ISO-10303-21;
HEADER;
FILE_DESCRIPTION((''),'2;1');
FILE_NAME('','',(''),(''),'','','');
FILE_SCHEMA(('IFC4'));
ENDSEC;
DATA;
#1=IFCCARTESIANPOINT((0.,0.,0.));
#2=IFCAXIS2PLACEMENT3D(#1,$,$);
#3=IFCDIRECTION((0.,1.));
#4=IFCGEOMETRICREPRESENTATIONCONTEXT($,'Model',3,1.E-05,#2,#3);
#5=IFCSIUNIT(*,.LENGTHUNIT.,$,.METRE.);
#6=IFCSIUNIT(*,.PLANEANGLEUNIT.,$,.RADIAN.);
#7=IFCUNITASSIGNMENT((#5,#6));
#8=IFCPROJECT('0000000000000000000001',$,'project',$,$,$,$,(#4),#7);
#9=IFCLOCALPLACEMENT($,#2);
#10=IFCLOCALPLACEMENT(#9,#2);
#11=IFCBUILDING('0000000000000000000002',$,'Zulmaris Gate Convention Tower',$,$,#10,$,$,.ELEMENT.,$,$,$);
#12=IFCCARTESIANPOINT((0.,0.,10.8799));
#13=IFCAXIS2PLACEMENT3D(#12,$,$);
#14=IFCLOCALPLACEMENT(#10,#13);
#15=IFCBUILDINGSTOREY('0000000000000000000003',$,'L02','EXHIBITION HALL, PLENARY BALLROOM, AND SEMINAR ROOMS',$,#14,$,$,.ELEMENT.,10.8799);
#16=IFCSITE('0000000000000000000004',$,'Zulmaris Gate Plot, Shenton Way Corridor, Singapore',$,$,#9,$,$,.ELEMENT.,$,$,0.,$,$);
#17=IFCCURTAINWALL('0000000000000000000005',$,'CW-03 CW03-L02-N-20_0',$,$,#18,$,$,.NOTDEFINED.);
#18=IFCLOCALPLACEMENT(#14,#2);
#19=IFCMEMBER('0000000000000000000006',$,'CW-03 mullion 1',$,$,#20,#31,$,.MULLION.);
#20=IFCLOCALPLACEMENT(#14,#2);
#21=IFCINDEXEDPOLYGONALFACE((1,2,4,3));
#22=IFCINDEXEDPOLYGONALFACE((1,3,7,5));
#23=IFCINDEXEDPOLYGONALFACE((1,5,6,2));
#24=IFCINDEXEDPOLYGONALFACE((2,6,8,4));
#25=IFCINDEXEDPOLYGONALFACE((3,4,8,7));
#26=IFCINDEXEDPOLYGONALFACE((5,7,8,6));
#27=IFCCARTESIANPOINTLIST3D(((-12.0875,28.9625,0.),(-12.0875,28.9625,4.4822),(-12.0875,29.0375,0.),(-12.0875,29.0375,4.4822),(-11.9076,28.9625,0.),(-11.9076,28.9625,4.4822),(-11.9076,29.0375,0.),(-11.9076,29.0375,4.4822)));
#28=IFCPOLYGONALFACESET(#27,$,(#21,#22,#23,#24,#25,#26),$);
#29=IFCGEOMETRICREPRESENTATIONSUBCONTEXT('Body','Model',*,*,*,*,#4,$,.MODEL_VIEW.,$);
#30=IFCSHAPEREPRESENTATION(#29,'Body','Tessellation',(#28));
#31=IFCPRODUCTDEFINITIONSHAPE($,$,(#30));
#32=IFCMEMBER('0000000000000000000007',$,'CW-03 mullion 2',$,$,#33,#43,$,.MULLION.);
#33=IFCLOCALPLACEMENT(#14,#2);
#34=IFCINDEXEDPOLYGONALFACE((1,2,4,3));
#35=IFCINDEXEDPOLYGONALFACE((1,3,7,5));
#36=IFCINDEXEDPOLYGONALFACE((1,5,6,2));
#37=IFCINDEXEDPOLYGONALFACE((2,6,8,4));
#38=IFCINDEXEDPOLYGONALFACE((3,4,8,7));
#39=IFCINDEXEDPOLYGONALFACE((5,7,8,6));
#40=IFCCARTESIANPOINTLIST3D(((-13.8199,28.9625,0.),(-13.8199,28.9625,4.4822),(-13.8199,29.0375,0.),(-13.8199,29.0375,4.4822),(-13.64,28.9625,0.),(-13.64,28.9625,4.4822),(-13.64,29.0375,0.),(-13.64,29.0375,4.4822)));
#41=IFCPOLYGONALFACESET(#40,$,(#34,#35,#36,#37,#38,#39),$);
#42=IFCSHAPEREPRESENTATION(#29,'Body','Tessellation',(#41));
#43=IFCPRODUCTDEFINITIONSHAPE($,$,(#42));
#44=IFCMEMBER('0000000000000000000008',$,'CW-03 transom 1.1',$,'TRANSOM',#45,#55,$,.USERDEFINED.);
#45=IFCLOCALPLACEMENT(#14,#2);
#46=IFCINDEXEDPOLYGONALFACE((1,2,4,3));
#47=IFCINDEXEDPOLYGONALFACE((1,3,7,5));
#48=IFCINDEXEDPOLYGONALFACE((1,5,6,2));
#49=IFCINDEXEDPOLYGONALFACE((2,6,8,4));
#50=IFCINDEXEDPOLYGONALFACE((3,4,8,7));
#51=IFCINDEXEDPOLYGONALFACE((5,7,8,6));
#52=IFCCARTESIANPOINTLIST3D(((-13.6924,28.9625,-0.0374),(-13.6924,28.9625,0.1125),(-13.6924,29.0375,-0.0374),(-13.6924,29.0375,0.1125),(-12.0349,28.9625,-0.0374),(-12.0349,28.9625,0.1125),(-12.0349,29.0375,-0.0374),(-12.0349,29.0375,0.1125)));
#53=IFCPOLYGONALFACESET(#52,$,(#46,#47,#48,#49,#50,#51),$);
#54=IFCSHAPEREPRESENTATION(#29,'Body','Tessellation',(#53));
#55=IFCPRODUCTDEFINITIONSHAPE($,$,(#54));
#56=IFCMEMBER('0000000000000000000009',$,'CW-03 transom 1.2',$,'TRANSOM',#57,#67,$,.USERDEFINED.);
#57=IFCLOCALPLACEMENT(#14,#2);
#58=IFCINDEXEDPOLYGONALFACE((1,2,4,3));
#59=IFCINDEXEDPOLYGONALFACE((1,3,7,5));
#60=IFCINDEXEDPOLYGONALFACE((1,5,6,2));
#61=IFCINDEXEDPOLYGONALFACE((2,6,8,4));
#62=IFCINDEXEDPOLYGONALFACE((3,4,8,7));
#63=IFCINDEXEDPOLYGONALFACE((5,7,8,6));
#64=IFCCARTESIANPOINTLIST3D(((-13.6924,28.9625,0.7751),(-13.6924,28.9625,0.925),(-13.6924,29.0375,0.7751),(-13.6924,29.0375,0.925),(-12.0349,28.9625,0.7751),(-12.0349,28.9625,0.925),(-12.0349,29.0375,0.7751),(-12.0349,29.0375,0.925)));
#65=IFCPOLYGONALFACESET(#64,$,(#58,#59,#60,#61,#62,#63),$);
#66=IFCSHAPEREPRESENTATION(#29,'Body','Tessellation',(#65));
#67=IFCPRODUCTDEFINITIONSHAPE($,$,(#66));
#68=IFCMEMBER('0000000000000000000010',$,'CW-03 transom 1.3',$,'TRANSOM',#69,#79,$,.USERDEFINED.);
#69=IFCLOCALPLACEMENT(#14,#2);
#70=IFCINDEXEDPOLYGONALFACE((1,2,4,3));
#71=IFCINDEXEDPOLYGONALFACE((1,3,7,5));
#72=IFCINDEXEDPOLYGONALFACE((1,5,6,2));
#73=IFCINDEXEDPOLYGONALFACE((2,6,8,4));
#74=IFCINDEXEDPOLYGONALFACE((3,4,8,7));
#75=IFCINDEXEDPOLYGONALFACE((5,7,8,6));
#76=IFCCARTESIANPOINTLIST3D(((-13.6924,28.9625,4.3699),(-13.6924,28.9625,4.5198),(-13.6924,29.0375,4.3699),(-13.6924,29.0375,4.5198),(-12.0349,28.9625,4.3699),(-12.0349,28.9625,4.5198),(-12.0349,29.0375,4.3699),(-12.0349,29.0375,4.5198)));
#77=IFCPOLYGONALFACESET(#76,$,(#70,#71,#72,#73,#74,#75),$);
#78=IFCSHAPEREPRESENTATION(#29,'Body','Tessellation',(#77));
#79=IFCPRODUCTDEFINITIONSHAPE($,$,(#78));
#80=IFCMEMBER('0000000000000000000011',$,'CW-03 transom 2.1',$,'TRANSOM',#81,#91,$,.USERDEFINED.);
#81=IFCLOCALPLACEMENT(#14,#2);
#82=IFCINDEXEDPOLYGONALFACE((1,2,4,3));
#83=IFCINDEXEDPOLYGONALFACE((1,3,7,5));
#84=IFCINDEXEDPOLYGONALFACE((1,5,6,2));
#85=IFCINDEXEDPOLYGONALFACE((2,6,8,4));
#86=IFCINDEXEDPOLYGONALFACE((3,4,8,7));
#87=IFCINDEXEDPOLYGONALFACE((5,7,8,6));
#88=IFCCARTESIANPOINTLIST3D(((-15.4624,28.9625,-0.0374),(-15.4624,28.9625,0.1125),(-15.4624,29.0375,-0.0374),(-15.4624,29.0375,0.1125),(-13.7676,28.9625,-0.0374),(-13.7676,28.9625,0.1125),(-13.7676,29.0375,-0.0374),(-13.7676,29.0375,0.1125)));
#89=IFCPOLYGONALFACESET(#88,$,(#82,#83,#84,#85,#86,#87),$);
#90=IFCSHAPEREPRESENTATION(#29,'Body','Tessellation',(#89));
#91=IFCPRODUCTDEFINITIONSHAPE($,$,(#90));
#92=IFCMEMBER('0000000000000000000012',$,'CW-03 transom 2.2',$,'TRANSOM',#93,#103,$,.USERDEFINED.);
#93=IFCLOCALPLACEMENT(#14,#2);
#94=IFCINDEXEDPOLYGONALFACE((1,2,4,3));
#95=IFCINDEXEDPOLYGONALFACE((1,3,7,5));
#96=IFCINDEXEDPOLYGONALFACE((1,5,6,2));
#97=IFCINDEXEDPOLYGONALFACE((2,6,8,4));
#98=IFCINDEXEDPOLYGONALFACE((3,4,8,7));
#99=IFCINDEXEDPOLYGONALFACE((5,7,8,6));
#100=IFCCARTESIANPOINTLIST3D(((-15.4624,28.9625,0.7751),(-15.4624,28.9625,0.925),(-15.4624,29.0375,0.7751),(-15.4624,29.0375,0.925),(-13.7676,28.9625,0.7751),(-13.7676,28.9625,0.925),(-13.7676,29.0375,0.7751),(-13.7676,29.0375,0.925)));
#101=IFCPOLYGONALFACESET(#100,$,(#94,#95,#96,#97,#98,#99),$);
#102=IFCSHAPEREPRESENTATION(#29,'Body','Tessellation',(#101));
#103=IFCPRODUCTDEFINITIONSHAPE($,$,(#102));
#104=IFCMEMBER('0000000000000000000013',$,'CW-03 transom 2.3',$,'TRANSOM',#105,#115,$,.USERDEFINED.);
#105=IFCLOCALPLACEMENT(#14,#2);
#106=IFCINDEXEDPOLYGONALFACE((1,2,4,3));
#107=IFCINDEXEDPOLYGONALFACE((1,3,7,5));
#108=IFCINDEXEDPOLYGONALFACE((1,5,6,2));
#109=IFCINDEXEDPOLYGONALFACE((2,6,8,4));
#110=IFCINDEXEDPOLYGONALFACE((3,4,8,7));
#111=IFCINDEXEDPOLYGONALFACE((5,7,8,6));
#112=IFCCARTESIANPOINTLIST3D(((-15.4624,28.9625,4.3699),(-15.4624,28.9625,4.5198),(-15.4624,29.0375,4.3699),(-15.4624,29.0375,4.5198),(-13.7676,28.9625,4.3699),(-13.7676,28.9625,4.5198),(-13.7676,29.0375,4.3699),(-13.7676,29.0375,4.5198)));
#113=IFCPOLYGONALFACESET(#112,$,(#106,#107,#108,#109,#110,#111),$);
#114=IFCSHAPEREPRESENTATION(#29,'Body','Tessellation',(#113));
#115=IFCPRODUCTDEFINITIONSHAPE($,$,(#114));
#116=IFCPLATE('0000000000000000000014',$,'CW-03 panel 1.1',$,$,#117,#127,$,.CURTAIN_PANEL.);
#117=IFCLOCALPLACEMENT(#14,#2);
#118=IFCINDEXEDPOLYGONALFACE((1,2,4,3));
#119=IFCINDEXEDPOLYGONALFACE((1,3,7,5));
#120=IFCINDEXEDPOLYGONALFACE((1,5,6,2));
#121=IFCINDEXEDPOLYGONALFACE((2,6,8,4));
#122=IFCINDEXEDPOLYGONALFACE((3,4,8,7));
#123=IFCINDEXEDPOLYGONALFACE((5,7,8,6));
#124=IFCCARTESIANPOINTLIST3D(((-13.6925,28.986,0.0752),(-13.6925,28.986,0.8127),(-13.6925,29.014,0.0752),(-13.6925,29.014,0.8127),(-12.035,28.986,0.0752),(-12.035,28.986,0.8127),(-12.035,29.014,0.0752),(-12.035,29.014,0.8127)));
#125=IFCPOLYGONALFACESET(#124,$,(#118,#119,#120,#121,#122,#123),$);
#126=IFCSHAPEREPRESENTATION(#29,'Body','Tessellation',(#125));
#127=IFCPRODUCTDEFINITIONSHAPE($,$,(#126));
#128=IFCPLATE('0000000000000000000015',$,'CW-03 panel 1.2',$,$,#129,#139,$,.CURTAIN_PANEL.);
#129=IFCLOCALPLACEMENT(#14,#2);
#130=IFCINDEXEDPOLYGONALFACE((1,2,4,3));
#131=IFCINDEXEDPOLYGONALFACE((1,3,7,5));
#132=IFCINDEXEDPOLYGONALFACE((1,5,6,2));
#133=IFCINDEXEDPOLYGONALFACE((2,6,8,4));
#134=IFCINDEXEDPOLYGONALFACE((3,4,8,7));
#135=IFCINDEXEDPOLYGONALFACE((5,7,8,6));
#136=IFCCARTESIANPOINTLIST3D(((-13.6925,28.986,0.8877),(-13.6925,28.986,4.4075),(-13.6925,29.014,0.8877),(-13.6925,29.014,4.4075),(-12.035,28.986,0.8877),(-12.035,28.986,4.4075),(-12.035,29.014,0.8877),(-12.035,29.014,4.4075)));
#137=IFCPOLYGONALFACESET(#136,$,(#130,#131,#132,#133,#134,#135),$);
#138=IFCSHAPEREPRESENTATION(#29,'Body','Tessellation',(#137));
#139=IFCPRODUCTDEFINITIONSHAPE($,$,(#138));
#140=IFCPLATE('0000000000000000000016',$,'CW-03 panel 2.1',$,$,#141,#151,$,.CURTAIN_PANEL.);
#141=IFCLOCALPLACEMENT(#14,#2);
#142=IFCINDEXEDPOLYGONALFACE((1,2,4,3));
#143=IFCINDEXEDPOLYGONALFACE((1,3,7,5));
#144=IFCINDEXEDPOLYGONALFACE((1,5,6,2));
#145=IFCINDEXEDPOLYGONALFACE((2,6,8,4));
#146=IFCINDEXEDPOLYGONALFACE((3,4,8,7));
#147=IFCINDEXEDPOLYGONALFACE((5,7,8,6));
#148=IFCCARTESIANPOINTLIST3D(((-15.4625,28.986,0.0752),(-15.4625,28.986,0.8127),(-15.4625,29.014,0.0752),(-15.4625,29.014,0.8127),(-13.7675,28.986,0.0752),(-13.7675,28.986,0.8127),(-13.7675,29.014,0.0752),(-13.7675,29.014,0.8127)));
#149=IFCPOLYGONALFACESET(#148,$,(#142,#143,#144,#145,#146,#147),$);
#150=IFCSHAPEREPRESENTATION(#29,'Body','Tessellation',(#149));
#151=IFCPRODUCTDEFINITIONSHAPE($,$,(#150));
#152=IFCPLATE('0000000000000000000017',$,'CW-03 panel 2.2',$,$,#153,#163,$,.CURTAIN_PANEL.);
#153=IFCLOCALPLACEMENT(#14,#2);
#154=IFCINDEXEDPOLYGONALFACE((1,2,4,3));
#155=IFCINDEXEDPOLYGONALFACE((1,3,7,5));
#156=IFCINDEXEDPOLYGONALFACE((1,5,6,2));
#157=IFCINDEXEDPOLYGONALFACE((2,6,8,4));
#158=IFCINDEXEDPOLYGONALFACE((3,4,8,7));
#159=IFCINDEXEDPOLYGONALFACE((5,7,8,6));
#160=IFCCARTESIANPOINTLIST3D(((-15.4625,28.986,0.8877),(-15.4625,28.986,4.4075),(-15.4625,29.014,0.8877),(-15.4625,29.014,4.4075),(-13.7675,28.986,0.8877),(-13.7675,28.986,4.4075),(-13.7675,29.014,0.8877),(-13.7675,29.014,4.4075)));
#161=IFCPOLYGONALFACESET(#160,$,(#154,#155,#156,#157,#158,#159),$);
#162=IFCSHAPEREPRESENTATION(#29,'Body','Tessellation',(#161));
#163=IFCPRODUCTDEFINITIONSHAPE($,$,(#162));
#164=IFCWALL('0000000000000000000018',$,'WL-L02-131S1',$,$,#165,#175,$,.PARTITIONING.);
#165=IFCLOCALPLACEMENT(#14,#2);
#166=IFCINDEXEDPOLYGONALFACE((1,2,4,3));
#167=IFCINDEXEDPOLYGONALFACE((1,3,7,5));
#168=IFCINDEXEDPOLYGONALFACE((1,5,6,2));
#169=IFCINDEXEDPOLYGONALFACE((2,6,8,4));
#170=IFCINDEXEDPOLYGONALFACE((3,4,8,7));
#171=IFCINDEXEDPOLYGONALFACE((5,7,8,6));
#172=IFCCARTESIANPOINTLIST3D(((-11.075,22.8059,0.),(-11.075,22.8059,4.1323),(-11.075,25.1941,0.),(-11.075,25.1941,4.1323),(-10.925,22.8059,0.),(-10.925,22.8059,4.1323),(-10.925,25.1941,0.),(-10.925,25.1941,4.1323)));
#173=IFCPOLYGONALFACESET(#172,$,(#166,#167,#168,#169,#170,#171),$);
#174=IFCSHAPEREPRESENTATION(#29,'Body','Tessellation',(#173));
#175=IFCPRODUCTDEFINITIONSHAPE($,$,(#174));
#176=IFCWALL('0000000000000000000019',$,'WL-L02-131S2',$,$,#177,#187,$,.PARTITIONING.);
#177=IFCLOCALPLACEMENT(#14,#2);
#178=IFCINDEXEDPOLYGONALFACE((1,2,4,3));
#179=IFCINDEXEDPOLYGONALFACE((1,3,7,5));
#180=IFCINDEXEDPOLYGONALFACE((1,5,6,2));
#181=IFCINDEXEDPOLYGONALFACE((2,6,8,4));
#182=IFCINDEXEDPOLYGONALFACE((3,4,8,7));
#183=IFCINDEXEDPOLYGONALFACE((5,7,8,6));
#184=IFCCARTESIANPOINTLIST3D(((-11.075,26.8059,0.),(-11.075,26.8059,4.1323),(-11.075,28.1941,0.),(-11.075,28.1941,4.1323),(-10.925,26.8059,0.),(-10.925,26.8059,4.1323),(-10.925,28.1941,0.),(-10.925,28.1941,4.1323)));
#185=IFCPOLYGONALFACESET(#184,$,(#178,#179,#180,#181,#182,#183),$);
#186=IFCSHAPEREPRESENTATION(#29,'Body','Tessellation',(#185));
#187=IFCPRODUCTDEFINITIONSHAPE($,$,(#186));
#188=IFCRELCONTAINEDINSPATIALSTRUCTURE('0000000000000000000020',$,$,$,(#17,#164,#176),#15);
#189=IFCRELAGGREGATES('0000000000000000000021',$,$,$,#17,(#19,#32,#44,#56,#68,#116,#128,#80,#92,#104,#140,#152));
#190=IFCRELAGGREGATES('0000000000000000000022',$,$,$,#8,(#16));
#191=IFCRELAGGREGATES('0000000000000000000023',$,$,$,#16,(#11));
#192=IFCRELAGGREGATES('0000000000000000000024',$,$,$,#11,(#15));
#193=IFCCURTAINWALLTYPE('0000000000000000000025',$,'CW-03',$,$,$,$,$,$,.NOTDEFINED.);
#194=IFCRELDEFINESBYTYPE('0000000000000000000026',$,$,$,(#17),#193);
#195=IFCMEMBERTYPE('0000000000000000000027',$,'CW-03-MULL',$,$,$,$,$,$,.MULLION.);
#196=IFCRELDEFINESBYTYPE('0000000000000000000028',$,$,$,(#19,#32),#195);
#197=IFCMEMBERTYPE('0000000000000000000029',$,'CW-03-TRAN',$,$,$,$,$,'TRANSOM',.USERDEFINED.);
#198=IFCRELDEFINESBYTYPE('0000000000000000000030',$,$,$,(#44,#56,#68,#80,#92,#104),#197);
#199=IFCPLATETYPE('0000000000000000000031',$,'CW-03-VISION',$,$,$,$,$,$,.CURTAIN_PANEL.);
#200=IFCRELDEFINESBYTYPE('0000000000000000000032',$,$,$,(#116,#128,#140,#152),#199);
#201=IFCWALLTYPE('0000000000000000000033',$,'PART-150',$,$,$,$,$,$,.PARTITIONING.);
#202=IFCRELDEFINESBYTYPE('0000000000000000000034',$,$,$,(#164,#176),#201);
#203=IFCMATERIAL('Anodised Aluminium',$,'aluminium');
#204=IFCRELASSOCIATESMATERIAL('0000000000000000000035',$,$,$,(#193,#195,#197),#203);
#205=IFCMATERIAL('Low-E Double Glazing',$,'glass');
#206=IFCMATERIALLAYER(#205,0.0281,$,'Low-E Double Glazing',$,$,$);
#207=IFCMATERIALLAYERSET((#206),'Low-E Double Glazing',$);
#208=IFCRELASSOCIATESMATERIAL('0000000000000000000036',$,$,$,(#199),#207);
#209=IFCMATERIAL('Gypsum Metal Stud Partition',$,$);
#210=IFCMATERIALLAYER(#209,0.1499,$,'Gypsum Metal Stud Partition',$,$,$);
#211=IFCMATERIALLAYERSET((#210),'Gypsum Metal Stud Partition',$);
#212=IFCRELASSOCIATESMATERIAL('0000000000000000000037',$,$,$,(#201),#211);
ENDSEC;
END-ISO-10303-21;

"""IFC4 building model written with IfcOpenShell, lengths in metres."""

from ifc_helpers import new_model, si_unit, direction, frame, frame_2d, origin, origin_2d, place, context, subcontext, project, spatial, rectangle, extrude, material, layer, layer_set, material_profile, profile_set, type_object, element, aggregate, save


model = new_model("IFC4")

# Units and contexts
model_context = context("Model", 3, precision=1e-05, world=origin(), true_north=direction((0.0, 1.0)))
body_context = subcontext(model_context, "Body", "Model", "MODEL_VIEW")
ifc_project = project(units=[si_unit("LENGTHUNIT", "METRE"), si_unit("PLANEANGLEUNIT", "RADIAN")], contexts=[model_context])

# Site, building, storey
site_placement = place(None, origin())
site = spatial("IfcSite", under=ifc_project, at=site_placement, Name="Zulmaris Gate Plot, Shenton Way Corridor, Singapore", CompositionType="ELEMENT", RefElevation=0.0)
building_placement = place(site_placement, origin())
building = spatial("IfcBuilding", under=site, at=building_placement, Name="Zulmaris Gate Convention Tower", CompositionType="ELEMENT")
storey_placement = place(building_placement, frame((0.0, 0.0, 10.8799)))
storey = spatial("IfcBuildingStorey", under=building, at=storey_placement, Name="L02", Description="EXHIBITION HALL, PLENARY BALLROOM, AND SEMINAR ROOMS", CompositionType="ELEMENT", Elevation=10.8799)

# Curtain wall, members, plates
ifc_material_1 = material(Name="Anodised Aluminium", Category="aluminium")
curtain_wall_type = type_object("IfcCurtainWallType", Name="CW-03", PredefinedType="NOTDEFINED", material=ifc_material_1)
curtain_wall_placement = place(storey_placement, origin())
curtain_wall = element("IfcCurtainWall", 1, at=curtain_wall_placement, inside=storey, type_object=curtain_wall_type, Name="CW-03 CW03-L02-N-20_0", PredefinedType="NOTDEFINED")
ifc_material_profile_1 = material_profile(ifc_material_1, rectangle(XDim=0.075, YDim=0.1799, at=origin_2d()), Name="ALU MULLION 75x180")
ifc_profile_set_1 = profile_set([ifc_material_profile_1], Name="Anodised Aluminium")
member_type_1 = type_object("IfcMemberType", Name="CW-03-MULL", PredefinedType="MULLION", material=ifc_profile_set_1)
member_1_placement = place(storey_placement, frame((-11.9976, 29.0, 0.0), z_axis=(0.0, 0.0, 1.0), x_axis=(0.0, -1.0, 0.0)))
member_1 = element("IfcMember", 2, at=member_1_placement, type_object=member_type_1, Name="CW-03 mullion 1", PredefinedType="MULLION", context=body_context, shape_type="SweptSolid", body=[
    extrude(rectangle(XDim=0.075, YDim=0.1799, at=origin_2d()), origin(), (0.0, 0.0, 1.0), 4.4822),
])
member_2_placement = place(storey_placement, frame((-13.73, 29.0, 0.0), z_axis=(0.0, 0.0, 1.0), x_axis=(0.0, -1.0, 0.0)))
member_2 = element("IfcMember", 3, at=member_2_placement, type_object=member_type_1, Name="CW-03 mullion 2", PredefinedType="MULLION", context=body_context, shape_type="SweptSolid", body=[
    extrude(rectangle(XDim=0.075, YDim=0.1799, at=origin_2d()), origin(), (0.0, 0.0, 1.0), 4.4822),
])
ifc_material_profile_2 = material_profile(ifc_material_1, rectangle(XDim=0.075, YDim=0.1499, at=origin_2d()), Name="ALU TRANSOM 75x150")
ifc_profile_set_2 = profile_set([ifc_material_profile_2], Name="Anodised Aluminium")
member_type_2 = type_object("IfcMemberType", Name="CW-03-TRAN", ElementType="TRANSOM", PredefinedType="USERDEFINED", material=ifc_profile_set_2)
member_3_placement = place(storey_placement, frame((-12.0349, 29.0, 0.0376), z_axis=(-1.0, 0.0, 0.0), x_axis=(0.0, -1.0, 0.0)))
member_3 = element("IfcMember", 4, at=member_3_placement, type_object=member_type_2, Name="CW-03 transom 1.1", ObjectType="TRANSOM", PredefinedType="USERDEFINED", context=body_context, shape_type="SweptSolid", body=[
    extrude(rectangle(XDim=0.075, YDim=0.1499, at=origin_2d()), origin(), (0.0, 0.0, 1.0), 1.6575),
])
member_4_placement = place(storey_placement, frame((-12.0349, 29.0, 0.8501), z_axis=(-1.0, 0.0, 0.0), x_axis=(0.0, -1.0, 0.0)))
member_4 = element("IfcMember", 5, at=member_4_placement, type_object=member_type_2, Name="CW-03 transom 1.2", ObjectType="TRANSOM", PredefinedType="USERDEFINED", context=body_context, shape_type="SweptSolid", body=[
    extrude(rectangle(XDim=0.075, YDim=0.1499, at=origin_2d()), origin(), (0.0, 0.0, 1.0), 1.6575),
])
member_5_placement = place(storey_placement, frame((-12.0349, 29.0, 4.4448), z_axis=(-1.0, 0.0, 0.0), x_axis=(0.0, -1.0, 0.0)))
member_5 = element("IfcMember", 6, at=member_5_placement, type_object=member_type_2, Name="CW-03 transom 1.3", ObjectType="TRANSOM", PredefinedType="USERDEFINED", context=body_context, shape_type="SweptSolid", body=[
    extrude(rectangle(XDim=0.075, YDim=0.1499, at=origin_2d()), origin(), (0.0, 0.0, 1.0), 1.6575),
])
member_6_placement = place(storey_placement, frame((-13.7676, 29.0, 0.0376), z_axis=(-1.0, 0.0, 0.0), x_axis=(0.0, -1.0, 0.0)))
member_6 = element("IfcMember", 7, at=member_6_placement, type_object=member_type_2, Name="CW-03 transom 2.1", ObjectType="TRANSOM", PredefinedType="USERDEFINED", context=body_context, shape_type="SweptSolid", body=[
    extrude(rectangle(XDim=0.075, YDim=0.1499, at=origin_2d()), origin(), (0.0, 0.0, 1.0), 1.6948),
])
member_7_placement = place(storey_placement, frame((-13.7676, 29.0, 0.8501), z_axis=(-1.0, 0.0, 0.0), x_axis=(0.0, -1.0, 0.0)))
member_7 = element("IfcMember", 8, at=member_7_placement, type_object=member_type_2, Name="CW-03 transom 2.2", ObjectType="TRANSOM", PredefinedType="USERDEFINED", context=body_context, shape_type="SweptSolid", body=[
    extrude(rectangle(XDim=0.075, YDim=0.1499, at=origin_2d()), origin(), (0.0, 0.0, 1.0), 1.6948),
])
member_8_placement = place(storey_placement, frame((-13.7676, 29.0, 4.4448), z_axis=(-1.0, 0.0, 0.0), x_axis=(0.0, -1.0, 0.0)))
member_8 = element("IfcMember", 9, at=member_8_placement, type_object=member_type_2, Name="CW-03 transom 2.3", ObjectType="TRANSOM", PredefinedType="USERDEFINED", context=body_context, shape_type="SweptSolid", body=[
    extrude(rectangle(XDim=0.075, YDim=0.1499, at=origin_2d()), origin(), (0.0, 0.0, 1.0), 1.6948),
])
ifc_material_2 = material(Name="Low-E Double Glazing", Category="glass")
ifc_layer_1 = layer(ifc_material_2, 0.0281, Name="Low-E Double Glazing")
ifc_layer_set_1 = layer_set([ifc_layer_1], Name="Low-E Double Glazing")
plate_type = type_object("IfcPlateType", Name="CW-03-VISION", PredefinedType="CURTAIN_PANEL", material=ifc_layer_set_1)
plate_1_placement = place(storey_placement, frame((-12.8638, 29.0, 0.0752), z_axis=(0.0, 0.0, 1.0), x_axis=(-1.0, 0.0, 0.0)))
plate_1 = element("IfcPlate", 10, at=plate_1_placement, type_object=plate_type, Name="CW-03 panel 1.1", PredefinedType="CURTAIN_PANEL", context=body_context, shape_type="SweptSolid", body=[
    extrude(rectangle(XDim=1.6575, YDim=0.0281, at=origin_2d()), origin(), (0.0, 0.0, 1.0), 0.7375),
])
plate_2_placement = place(storey_placement, frame((-12.8638, 29.0, 0.8877), z_axis=(0.0, 0.0, 1.0), x_axis=(-1.0, 0.0, 0.0)))
plate_2 = element("IfcPlate", 11, at=plate_2_placement, type_object=plate_type, Name="CW-03 panel 1.2", PredefinedType="CURTAIN_PANEL", context=body_context, shape_type="SweptSolid", body=[
    extrude(rectangle(XDim=1.6575, YDim=0.0281, at=origin_2d()), origin(), (0.0, 0.0, 1.0), 3.5198),
])
plate_3_placement = place(storey_placement, frame((-14.615, 29.0, 0.0752), z_axis=(0.0, 0.0, 1.0), x_axis=(-1.0, 0.0, 0.0)))
plate_3 = element("IfcPlate", 12, at=plate_3_placement, type_object=plate_type, Name="CW-03 panel 2.1", PredefinedType="CURTAIN_PANEL", context=body_context, shape_type="SweptSolid", body=[
    extrude(rectangle(XDim=1.6951, YDim=0.0281, at=origin_2d()), origin(), (0.0, 0.0, 1.0), 0.7375),
])
plate_4_placement = place(storey_placement, frame((-14.615, 29.0, 0.8877), z_axis=(0.0, 0.0, 1.0), x_axis=(-1.0, 0.0, 0.0)))
plate_4 = element("IfcPlate", 13, at=plate_4_placement, type_object=plate_type, Name="CW-03 panel 2.2", PredefinedType="CURTAIN_PANEL", context=body_context, shape_type="SweptSolid", body=[
    extrude(rectangle(XDim=1.6951, YDim=0.0281, at=origin_2d()), origin(), (0.0, 0.0, 1.0), 3.5198),
])
aggregate(curtain_wall, [member_1, member_2, member_3, member_4, member_5, plate_1, plate_2, member_6, member_7, member_8, plate_3, plate_4])

# Walls
ifc_material_3 = material(Name="Gypsum Metal Stud Partition")
ifc_layer_2 = layer(ifc_material_3, 0.1499, Name="Gypsum Metal Stud Partition")
ifc_layer_set_2 = layer_set([ifc_layer_2], Name="Gypsum Metal Stud Partition")
wall_type_1 = type_object("IfcWallType", Name="PART-150", PredefinedType="PARTITIONING", material=ifc_layer_set_2)
wall_1_placement = place(storey_placement, frame((-11.0, 22.8059, 0.0), z_axis=(0.0, 0.0, 1.0), x_axis=(0.0, 1.0, 0.0)))
element("IfcWall", 14, at=wall_1_placement, inside=storey, type_object=wall_type_1, Name="WL-L02-131S1", PredefinedType="PARTITIONING", context=body_context, shape_type="SweptSolid", body=[
    extrude(rectangle(XDim=2.3882, YDim=0.1499, at=frame_2d((1.1941, 0.0))), origin(), (0.0, 0.0, 1.0), 4.1323),
])
wall_2_placement = place(storey_placement, frame((-11.0, 26.8059, 0.0), z_axis=(0.0, 0.0, 1.0), x_axis=(0.0, 1.0, 0.0)))
element("IfcWall", 15, at=wall_2_placement, inside=storey, type_object=wall_type_1, Name="WL-L02-131S2", PredefinedType="PARTITIONING", context=body_context, shape_type="SweptSolid", body=[
    extrude(rectangle(XDim=1.3882, YDim=0.1499, at=frame_2d((0.6941, 0.0))), origin(), (0.0, 0.0, 1.0), 4.1323),
])

save(model, "model.ifc")
